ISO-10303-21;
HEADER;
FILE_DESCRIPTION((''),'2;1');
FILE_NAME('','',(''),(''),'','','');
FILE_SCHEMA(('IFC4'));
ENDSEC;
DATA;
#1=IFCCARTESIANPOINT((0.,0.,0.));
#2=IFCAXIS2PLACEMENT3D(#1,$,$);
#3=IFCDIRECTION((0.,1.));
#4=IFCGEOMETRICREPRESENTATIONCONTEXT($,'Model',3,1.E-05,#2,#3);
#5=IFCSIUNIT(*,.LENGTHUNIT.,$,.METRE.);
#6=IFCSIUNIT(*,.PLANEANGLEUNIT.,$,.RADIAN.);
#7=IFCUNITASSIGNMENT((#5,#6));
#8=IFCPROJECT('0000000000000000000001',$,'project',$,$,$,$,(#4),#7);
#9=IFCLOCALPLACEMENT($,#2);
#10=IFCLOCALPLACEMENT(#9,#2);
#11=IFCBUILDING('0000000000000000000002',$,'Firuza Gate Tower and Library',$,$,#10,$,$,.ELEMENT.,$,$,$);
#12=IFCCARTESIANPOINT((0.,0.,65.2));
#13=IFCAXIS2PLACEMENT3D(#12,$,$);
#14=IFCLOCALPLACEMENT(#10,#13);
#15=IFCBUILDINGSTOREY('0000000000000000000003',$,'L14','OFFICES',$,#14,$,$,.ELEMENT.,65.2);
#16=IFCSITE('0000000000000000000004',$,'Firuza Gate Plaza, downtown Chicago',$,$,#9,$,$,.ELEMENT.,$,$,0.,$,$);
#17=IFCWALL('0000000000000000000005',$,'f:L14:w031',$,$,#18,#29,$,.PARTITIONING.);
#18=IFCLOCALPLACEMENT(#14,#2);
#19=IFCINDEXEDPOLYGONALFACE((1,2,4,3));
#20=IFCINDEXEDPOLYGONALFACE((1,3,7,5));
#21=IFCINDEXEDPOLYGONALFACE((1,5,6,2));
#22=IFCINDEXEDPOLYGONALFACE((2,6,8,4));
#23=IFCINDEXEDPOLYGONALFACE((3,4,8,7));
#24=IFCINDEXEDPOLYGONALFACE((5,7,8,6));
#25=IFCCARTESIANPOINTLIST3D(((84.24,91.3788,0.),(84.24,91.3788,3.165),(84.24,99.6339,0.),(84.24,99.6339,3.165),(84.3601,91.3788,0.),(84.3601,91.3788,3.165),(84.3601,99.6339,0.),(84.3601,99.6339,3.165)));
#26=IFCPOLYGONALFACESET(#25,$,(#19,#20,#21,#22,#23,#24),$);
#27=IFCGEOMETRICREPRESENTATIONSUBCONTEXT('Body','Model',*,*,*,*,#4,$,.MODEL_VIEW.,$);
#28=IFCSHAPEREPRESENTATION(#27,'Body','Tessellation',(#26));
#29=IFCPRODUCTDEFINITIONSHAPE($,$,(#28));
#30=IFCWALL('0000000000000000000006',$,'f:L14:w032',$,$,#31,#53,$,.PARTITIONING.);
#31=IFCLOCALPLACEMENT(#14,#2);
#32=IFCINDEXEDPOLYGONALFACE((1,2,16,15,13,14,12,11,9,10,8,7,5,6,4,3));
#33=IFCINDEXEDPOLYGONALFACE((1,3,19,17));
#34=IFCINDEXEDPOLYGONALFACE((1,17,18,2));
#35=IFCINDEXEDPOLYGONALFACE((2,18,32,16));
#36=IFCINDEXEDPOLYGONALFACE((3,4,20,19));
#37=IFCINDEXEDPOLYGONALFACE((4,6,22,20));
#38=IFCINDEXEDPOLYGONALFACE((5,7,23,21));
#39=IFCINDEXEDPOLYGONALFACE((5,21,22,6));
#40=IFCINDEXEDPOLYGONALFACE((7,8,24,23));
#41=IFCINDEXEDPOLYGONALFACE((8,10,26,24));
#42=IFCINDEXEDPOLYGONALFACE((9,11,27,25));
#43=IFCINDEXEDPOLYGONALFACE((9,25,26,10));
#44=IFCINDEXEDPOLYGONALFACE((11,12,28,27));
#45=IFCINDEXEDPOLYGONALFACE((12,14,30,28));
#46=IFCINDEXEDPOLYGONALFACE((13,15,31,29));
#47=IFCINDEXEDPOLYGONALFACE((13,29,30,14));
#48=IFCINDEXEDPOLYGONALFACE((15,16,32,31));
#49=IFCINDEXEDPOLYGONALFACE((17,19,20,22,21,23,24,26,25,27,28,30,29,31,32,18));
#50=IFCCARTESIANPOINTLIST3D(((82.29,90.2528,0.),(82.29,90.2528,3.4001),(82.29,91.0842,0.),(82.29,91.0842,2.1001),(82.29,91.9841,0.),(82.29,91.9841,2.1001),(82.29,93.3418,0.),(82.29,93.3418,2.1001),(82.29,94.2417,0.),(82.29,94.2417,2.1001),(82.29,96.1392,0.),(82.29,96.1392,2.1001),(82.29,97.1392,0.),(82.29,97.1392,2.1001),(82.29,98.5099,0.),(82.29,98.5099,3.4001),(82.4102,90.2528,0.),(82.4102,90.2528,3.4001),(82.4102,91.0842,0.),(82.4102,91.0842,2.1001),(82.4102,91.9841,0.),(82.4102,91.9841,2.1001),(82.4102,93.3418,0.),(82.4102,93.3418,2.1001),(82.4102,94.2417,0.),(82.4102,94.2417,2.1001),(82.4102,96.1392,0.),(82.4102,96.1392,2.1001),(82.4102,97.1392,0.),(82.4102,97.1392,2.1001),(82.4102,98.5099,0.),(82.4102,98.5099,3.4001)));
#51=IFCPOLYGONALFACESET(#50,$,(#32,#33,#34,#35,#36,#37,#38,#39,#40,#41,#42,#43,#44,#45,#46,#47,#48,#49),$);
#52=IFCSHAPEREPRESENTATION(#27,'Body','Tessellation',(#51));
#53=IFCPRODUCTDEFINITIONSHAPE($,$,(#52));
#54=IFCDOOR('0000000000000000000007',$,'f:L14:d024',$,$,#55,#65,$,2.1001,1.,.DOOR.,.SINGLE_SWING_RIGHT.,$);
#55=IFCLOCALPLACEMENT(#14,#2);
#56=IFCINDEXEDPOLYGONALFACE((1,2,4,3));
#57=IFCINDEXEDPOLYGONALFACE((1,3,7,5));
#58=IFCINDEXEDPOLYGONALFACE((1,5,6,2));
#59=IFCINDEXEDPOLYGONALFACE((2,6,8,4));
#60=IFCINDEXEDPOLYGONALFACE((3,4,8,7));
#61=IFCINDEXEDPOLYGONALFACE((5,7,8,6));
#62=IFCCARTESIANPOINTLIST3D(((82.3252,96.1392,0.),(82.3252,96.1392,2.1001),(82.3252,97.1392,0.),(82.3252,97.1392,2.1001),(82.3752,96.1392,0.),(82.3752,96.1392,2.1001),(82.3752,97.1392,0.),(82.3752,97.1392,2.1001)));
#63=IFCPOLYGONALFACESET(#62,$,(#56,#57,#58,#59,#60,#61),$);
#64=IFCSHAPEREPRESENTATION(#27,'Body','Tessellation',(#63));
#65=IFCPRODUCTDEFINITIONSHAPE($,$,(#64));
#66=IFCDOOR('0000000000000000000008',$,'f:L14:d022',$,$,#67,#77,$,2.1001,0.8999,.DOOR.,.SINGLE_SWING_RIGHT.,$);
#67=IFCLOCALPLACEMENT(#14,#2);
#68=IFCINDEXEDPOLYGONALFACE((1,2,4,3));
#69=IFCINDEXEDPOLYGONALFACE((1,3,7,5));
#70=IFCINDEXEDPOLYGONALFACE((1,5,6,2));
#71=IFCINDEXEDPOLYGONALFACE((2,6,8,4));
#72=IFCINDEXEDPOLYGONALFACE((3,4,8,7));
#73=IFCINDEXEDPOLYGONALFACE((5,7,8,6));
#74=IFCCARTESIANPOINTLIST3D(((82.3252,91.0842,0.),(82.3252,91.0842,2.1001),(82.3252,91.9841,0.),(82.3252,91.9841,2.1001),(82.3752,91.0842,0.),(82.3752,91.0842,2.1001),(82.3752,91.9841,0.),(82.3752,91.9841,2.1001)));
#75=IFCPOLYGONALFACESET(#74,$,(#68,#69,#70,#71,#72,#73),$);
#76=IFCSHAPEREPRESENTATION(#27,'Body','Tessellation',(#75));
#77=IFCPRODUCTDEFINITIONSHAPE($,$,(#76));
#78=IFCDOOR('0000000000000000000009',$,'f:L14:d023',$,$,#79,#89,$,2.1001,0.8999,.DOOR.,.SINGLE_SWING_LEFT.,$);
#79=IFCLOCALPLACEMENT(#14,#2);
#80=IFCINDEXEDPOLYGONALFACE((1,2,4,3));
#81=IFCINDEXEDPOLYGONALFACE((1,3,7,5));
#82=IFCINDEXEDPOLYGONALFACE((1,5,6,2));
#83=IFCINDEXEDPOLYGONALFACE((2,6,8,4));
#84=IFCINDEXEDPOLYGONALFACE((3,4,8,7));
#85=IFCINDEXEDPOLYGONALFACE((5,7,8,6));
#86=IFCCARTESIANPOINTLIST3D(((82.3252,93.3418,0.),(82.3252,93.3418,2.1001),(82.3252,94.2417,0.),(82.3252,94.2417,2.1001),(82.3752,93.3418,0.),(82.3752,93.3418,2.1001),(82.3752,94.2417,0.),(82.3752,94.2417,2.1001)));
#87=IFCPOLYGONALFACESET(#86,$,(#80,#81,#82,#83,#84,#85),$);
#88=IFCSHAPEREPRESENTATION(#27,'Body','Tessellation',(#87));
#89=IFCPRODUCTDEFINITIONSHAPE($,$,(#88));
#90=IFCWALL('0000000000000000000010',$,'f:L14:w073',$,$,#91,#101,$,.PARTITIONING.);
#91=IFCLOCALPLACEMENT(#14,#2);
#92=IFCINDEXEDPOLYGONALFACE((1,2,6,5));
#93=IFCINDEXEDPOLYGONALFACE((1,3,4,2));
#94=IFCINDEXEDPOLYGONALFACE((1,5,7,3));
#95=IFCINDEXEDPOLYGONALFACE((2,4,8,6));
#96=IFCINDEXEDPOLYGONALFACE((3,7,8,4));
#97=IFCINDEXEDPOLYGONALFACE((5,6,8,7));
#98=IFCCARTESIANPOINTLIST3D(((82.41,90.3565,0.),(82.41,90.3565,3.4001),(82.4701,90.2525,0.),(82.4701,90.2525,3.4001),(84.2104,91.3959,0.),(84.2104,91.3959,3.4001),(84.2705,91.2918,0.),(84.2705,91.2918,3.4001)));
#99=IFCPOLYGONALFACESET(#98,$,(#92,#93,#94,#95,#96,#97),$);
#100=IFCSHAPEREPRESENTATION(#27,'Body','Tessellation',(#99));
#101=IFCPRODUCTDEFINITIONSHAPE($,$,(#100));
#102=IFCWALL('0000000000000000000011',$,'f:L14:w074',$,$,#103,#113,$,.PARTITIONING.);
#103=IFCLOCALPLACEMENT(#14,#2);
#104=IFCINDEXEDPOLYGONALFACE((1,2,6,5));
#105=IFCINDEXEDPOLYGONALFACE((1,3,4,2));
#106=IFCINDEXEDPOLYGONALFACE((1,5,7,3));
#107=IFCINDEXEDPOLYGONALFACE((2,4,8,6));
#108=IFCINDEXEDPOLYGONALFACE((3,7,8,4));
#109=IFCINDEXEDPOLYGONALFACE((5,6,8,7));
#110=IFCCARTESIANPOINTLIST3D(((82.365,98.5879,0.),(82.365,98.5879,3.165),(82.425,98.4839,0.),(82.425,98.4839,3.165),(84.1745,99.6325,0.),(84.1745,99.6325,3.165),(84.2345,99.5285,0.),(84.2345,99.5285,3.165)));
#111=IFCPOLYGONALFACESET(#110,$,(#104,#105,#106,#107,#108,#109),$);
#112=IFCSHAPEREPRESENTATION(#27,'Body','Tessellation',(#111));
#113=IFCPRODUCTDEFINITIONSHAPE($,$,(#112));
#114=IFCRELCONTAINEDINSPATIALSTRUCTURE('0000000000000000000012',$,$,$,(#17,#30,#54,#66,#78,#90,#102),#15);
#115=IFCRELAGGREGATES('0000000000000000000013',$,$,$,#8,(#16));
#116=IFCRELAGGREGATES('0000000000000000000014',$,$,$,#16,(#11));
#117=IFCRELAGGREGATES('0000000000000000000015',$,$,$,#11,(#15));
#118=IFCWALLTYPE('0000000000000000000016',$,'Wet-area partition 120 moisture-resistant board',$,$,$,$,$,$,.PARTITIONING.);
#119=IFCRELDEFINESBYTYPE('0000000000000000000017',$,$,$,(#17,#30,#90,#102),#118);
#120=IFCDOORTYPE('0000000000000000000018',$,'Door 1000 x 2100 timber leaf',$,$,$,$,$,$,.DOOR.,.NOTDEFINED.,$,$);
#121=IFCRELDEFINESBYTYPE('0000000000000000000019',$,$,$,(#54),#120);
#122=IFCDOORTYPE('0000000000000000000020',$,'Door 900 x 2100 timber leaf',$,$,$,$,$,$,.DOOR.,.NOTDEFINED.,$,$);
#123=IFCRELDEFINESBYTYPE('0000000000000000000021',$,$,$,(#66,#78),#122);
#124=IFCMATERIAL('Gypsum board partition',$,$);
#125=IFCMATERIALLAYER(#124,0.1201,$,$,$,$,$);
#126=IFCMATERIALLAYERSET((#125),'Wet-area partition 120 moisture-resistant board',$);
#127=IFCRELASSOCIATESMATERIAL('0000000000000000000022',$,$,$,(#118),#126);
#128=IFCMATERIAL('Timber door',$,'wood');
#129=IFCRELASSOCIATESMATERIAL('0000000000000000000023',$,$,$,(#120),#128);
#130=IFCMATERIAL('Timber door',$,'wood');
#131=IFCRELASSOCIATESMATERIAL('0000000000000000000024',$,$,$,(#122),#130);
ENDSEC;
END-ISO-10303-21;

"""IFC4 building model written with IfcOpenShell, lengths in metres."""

from ifc_helpers import new_model, si_unit, direction, frame, frame_2d, origin, place, context, subcontext, project, spatial, rectangle, extrude, material, layer, layer_set, type_object, element, fill, save


model = new_model("IFC4")

# Units and contexts
model_context = context("Model", 3, precision=1e-05, world=origin(), true_north=direction((0.0, 1.0)))
body_context = subcontext(model_context, "Body", "Model", "MODEL_VIEW")
ifc_project = project(units=[si_unit("LENGTHUNIT", "METRE"), si_unit("PLANEANGLEUNIT", "RADIAN")], contexts=[model_context])

# Site, building, storey
site_placement = place(None, origin())
site = spatial("IfcSite", under=ifc_project, at=site_placement, Name="Firuza Gate Plaza, downtown Chicago", CompositionType="ELEMENT", RefElevation=0.0)
building_placement = place(site_placement, origin())
building = spatial("IfcBuilding", under=site, at=building_placement, Name="Firuza Gate Tower and Library", CompositionType="ELEMENT")
storey_placement = place(building_placement, frame((0.0, 0.0, 65.2)))
storey = spatial("IfcBuildingStorey", under=building, at=storey_placement, Name="L14", Description="OFFICES", CompositionType="ELEMENT", Elevation=65.2)

# Wall
ifc_material_1 = material(Name="Gypsum board partition")
ifc_layer_1 = layer(ifc_material_1, 0.1201)
ifc_layer_set_1 = layer_set([ifc_layer_1], Name="Wet-area partition 120 moisture-resistant board")
wall_type_1 = type_object("IfcWallType", Name="Wet-area partition 120 moisture-resistant board", PredefinedType="PARTITIONING", material=ifc_layer_set_1)
wall_1_placement = place(storey_placement, frame((84.3, 91.3789, 0.0), z_axis=(0.0, 0.0, 1.0), x_axis=(0.0, 1.0, 0.0)))
element("IfcWall", 1, at=wall_1_placement, inside=storey, type_object=wall_type_1, Name="f:L14:w031", PredefinedType="PARTITIONING", context=body_context, shape_type="SweptSolid", body=[
    extrude(rectangle(XDim=8.2551, YDim=0.1201, at=frame_2d((4.1274, 0.0))), origin(), (0.0, 0.0, 1.0), 3.165),
])

# Wall, openings, doors
wall_2_placement = place(storey_placement, frame((82.3501, 90.2529, 0.0), z_axis=(0.0, 0.0, 1.0), x_axis=(0.0, 1.0, 0.0)))
wall_2 = element("IfcWall", 2, at=wall_2_placement, inside=storey, type_object=wall_type_1, Name="f:L14:w032", PredefinedType="PARTITIONING", context=body_context, shape_type="SweptSolid", body=[
    extrude(rectangle(XDim=8.2571, YDim=0.1201, at=frame_2d((4.1284, 0.0))), origin(), (0.0, 0.0, 1.0), 3.4001),
])
opening_1_placement = place(wall_2_placement, frame((0.8313, 0.0, 0.0)))
opening_1 = element("IfcOpeningElement", 3, at=opening_1_placement, cuts=wall_2, PredefinedType="OPENING", context=body_context, shape_type="SweptSolid", body=[
    extrude(rectangle(XDim=0.8999, YDim=2.1001, at=frame_2d((0.45, 1.05))), frame((0.0, 0.0701, 0.0), z_axis=(0.0, -1.0, 0.0), x_axis=(1.0, 0.0, 0.0)), (0.0, 0.0, 1.0), 0.1401),
])
opening_2_placement = place(wall_2_placement, frame((3.0889, 0.0, 0.0)))
opening_2 = element("IfcOpeningElement", 4, at=opening_2_placement, cuts=wall_2, PredefinedType="OPENING", context=body_context, shape_type="SweptSolid", body=[
    extrude(rectangle(XDim=0.8999, YDim=2.1001, at=frame_2d((0.45, 1.05))), frame((0.0, 0.0701, 0.0), z_axis=(0.0, -1.0, 0.0), x_axis=(1.0, 0.0, 0.0)), (0.0, 0.0, 1.0), 0.1401),
])
opening_3_placement = place(wall_2_placement, frame((5.8862, 0.0, 0.0)))
opening_3 = element("IfcOpeningElement", 5, at=opening_3_placement, cuts=wall_2, PredefinedType="OPENING", context=body_context, shape_type="SweptSolid", body=[
    extrude(rectangle(XDim=1.0, YDim=2.1001, at=frame_2d((0.5, 1.05))), frame((0.0, 0.0701, 0.0), z_axis=(0.0, -1.0, 0.0), x_axis=(1.0, 0.0, 0.0)), (0.0, 0.0, 1.0), 0.1401),
])
ifc_material_2 = material(Name="Timber door", Category="wood")
door_type_1 = type_object("IfcDoorType", Name="Door 1000 x 2100 timber leaf", OperationType="NOTDEFINED", PredefinedType="DOOR", material=ifc_material_2)
door_1_placement = place(opening_3_placement, origin())
door_1 = element("IfcDoor", 6, at=door_1_placement, inside=storey, type_object=door_type_1, Name="f:L14:d024", OperationType="SINGLE_SWING_RIGHT", OverallHeight=2.1001, OverallWidth=1.0, PredefinedType="DOOR", context=body_context, shape_type="SweptSolid", body=[
    extrude(rectangle(XDim=1.0, YDim=2.1001, at=frame_2d((0.5, 1.05))), frame((0.0, 0.0249, 0.0), z_axis=(0.0, -1.0, 0.0), x_axis=(1.0, 0.0, 0.0)), (0.0, 0.0, 1.0), 0.05),
])
fill(opening_3, door_1)
ifc_material_3 = material(Name="Timber door", Category="wood")
door_type_2 = type_object("IfcDoorType", Name="Door 900 x 2100 timber leaf", OperationType="NOTDEFINED", PredefinedType="DOOR", material=ifc_material_3)
door_2_placement = place(opening_1_placement, origin())
door_2 = element("IfcDoor", 7, at=door_2_placement, inside=storey, type_object=door_type_2, Name="f:L14:d022", OperationType="SINGLE_SWING_RIGHT", OverallHeight=2.1001, OverallWidth=0.8999, PredefinedType="DOOR", context=body_context, shape_type="SweptSolid", body=[
    extrude(rectangle(XDim=0.8999, YDim=2.1001, at=frame_2d((0.45, 1.05))), frame((0.0, 0.0249, 0.0), z_axis=(0.0, -1.0, 0.0), x_axis=(1.0, 0.0, 0.0)), (0.0, 0.0, 1.0), 0.05),
])
fill(opening_1, door_2)
door_3_placement = place(opening_2_placement, origin())
door_3 = element("IfcDoor", 8, at=door_3_placement, inside=storey, type_object=door_type_2, Name="f:L14:d023", OperationType="SINGLE_SWING_LEFT", OverallHeight=2.1001, OverallWidth=0.8999, PredefinedType="DOOR", context=body_context, shape_type="SweptSolid", body=[
    extrude(rectangle(XDim=0.8999, YDim=2.1001, at=frame_2d((0.45, 1.05))), frame((0.0, 0.0249, 0.0), z_axis=(0.0, -1.0, 0.0), x_axis=(1.0, 0.0, 0.0)), (0.0, 0.0, 1.0), 0.05),
])
fill(opening_2, door_3)

# Walls
wall_3_placement = place(storey_placement, frame((82.4399, 90.3044, 0.0), z_axis=(0.0, 0.0, 1.0), x_axis=(0.866045, 0.499966, 0.0)))
element("IfcWall", 9, at=wall_3_placement, inside=storey, type_object=wall_type_1, Name="f:L14:w073", PredefinedType="PARTITIONING", context=body_context, shape_type="SweptSolid", body=[
    extrude(rectangle(XDim=2.0789, YDim=0.1201, at=frame_2d((1.0396, 0.0))), origin(), (0.0, 0.0, 1.0), 3.4001),
])
wall_4_placement = place(storey_placement, frame((82.395, 98.5359, 0.0), z_axis=(0.0, 0.0, 1.0), x_axis=(0.866042, 0.499972, 0.0)))
element("IfcWall", 10, at=wall_4_placement, inside=storey, type_object=wall_type_1, Name="f:L14:w074", PredefinedType="PARTITIONING", context=body_context, shape_type="SweptSolid", body=[
    extrude(rectangle(XDim=2.0894, YDim=0.1201, at=frame_2d((1.0447, 0.0))), origin(), (0.0, 0.0, 1.0), 3.165),
])

save(model, "model.ifc")
